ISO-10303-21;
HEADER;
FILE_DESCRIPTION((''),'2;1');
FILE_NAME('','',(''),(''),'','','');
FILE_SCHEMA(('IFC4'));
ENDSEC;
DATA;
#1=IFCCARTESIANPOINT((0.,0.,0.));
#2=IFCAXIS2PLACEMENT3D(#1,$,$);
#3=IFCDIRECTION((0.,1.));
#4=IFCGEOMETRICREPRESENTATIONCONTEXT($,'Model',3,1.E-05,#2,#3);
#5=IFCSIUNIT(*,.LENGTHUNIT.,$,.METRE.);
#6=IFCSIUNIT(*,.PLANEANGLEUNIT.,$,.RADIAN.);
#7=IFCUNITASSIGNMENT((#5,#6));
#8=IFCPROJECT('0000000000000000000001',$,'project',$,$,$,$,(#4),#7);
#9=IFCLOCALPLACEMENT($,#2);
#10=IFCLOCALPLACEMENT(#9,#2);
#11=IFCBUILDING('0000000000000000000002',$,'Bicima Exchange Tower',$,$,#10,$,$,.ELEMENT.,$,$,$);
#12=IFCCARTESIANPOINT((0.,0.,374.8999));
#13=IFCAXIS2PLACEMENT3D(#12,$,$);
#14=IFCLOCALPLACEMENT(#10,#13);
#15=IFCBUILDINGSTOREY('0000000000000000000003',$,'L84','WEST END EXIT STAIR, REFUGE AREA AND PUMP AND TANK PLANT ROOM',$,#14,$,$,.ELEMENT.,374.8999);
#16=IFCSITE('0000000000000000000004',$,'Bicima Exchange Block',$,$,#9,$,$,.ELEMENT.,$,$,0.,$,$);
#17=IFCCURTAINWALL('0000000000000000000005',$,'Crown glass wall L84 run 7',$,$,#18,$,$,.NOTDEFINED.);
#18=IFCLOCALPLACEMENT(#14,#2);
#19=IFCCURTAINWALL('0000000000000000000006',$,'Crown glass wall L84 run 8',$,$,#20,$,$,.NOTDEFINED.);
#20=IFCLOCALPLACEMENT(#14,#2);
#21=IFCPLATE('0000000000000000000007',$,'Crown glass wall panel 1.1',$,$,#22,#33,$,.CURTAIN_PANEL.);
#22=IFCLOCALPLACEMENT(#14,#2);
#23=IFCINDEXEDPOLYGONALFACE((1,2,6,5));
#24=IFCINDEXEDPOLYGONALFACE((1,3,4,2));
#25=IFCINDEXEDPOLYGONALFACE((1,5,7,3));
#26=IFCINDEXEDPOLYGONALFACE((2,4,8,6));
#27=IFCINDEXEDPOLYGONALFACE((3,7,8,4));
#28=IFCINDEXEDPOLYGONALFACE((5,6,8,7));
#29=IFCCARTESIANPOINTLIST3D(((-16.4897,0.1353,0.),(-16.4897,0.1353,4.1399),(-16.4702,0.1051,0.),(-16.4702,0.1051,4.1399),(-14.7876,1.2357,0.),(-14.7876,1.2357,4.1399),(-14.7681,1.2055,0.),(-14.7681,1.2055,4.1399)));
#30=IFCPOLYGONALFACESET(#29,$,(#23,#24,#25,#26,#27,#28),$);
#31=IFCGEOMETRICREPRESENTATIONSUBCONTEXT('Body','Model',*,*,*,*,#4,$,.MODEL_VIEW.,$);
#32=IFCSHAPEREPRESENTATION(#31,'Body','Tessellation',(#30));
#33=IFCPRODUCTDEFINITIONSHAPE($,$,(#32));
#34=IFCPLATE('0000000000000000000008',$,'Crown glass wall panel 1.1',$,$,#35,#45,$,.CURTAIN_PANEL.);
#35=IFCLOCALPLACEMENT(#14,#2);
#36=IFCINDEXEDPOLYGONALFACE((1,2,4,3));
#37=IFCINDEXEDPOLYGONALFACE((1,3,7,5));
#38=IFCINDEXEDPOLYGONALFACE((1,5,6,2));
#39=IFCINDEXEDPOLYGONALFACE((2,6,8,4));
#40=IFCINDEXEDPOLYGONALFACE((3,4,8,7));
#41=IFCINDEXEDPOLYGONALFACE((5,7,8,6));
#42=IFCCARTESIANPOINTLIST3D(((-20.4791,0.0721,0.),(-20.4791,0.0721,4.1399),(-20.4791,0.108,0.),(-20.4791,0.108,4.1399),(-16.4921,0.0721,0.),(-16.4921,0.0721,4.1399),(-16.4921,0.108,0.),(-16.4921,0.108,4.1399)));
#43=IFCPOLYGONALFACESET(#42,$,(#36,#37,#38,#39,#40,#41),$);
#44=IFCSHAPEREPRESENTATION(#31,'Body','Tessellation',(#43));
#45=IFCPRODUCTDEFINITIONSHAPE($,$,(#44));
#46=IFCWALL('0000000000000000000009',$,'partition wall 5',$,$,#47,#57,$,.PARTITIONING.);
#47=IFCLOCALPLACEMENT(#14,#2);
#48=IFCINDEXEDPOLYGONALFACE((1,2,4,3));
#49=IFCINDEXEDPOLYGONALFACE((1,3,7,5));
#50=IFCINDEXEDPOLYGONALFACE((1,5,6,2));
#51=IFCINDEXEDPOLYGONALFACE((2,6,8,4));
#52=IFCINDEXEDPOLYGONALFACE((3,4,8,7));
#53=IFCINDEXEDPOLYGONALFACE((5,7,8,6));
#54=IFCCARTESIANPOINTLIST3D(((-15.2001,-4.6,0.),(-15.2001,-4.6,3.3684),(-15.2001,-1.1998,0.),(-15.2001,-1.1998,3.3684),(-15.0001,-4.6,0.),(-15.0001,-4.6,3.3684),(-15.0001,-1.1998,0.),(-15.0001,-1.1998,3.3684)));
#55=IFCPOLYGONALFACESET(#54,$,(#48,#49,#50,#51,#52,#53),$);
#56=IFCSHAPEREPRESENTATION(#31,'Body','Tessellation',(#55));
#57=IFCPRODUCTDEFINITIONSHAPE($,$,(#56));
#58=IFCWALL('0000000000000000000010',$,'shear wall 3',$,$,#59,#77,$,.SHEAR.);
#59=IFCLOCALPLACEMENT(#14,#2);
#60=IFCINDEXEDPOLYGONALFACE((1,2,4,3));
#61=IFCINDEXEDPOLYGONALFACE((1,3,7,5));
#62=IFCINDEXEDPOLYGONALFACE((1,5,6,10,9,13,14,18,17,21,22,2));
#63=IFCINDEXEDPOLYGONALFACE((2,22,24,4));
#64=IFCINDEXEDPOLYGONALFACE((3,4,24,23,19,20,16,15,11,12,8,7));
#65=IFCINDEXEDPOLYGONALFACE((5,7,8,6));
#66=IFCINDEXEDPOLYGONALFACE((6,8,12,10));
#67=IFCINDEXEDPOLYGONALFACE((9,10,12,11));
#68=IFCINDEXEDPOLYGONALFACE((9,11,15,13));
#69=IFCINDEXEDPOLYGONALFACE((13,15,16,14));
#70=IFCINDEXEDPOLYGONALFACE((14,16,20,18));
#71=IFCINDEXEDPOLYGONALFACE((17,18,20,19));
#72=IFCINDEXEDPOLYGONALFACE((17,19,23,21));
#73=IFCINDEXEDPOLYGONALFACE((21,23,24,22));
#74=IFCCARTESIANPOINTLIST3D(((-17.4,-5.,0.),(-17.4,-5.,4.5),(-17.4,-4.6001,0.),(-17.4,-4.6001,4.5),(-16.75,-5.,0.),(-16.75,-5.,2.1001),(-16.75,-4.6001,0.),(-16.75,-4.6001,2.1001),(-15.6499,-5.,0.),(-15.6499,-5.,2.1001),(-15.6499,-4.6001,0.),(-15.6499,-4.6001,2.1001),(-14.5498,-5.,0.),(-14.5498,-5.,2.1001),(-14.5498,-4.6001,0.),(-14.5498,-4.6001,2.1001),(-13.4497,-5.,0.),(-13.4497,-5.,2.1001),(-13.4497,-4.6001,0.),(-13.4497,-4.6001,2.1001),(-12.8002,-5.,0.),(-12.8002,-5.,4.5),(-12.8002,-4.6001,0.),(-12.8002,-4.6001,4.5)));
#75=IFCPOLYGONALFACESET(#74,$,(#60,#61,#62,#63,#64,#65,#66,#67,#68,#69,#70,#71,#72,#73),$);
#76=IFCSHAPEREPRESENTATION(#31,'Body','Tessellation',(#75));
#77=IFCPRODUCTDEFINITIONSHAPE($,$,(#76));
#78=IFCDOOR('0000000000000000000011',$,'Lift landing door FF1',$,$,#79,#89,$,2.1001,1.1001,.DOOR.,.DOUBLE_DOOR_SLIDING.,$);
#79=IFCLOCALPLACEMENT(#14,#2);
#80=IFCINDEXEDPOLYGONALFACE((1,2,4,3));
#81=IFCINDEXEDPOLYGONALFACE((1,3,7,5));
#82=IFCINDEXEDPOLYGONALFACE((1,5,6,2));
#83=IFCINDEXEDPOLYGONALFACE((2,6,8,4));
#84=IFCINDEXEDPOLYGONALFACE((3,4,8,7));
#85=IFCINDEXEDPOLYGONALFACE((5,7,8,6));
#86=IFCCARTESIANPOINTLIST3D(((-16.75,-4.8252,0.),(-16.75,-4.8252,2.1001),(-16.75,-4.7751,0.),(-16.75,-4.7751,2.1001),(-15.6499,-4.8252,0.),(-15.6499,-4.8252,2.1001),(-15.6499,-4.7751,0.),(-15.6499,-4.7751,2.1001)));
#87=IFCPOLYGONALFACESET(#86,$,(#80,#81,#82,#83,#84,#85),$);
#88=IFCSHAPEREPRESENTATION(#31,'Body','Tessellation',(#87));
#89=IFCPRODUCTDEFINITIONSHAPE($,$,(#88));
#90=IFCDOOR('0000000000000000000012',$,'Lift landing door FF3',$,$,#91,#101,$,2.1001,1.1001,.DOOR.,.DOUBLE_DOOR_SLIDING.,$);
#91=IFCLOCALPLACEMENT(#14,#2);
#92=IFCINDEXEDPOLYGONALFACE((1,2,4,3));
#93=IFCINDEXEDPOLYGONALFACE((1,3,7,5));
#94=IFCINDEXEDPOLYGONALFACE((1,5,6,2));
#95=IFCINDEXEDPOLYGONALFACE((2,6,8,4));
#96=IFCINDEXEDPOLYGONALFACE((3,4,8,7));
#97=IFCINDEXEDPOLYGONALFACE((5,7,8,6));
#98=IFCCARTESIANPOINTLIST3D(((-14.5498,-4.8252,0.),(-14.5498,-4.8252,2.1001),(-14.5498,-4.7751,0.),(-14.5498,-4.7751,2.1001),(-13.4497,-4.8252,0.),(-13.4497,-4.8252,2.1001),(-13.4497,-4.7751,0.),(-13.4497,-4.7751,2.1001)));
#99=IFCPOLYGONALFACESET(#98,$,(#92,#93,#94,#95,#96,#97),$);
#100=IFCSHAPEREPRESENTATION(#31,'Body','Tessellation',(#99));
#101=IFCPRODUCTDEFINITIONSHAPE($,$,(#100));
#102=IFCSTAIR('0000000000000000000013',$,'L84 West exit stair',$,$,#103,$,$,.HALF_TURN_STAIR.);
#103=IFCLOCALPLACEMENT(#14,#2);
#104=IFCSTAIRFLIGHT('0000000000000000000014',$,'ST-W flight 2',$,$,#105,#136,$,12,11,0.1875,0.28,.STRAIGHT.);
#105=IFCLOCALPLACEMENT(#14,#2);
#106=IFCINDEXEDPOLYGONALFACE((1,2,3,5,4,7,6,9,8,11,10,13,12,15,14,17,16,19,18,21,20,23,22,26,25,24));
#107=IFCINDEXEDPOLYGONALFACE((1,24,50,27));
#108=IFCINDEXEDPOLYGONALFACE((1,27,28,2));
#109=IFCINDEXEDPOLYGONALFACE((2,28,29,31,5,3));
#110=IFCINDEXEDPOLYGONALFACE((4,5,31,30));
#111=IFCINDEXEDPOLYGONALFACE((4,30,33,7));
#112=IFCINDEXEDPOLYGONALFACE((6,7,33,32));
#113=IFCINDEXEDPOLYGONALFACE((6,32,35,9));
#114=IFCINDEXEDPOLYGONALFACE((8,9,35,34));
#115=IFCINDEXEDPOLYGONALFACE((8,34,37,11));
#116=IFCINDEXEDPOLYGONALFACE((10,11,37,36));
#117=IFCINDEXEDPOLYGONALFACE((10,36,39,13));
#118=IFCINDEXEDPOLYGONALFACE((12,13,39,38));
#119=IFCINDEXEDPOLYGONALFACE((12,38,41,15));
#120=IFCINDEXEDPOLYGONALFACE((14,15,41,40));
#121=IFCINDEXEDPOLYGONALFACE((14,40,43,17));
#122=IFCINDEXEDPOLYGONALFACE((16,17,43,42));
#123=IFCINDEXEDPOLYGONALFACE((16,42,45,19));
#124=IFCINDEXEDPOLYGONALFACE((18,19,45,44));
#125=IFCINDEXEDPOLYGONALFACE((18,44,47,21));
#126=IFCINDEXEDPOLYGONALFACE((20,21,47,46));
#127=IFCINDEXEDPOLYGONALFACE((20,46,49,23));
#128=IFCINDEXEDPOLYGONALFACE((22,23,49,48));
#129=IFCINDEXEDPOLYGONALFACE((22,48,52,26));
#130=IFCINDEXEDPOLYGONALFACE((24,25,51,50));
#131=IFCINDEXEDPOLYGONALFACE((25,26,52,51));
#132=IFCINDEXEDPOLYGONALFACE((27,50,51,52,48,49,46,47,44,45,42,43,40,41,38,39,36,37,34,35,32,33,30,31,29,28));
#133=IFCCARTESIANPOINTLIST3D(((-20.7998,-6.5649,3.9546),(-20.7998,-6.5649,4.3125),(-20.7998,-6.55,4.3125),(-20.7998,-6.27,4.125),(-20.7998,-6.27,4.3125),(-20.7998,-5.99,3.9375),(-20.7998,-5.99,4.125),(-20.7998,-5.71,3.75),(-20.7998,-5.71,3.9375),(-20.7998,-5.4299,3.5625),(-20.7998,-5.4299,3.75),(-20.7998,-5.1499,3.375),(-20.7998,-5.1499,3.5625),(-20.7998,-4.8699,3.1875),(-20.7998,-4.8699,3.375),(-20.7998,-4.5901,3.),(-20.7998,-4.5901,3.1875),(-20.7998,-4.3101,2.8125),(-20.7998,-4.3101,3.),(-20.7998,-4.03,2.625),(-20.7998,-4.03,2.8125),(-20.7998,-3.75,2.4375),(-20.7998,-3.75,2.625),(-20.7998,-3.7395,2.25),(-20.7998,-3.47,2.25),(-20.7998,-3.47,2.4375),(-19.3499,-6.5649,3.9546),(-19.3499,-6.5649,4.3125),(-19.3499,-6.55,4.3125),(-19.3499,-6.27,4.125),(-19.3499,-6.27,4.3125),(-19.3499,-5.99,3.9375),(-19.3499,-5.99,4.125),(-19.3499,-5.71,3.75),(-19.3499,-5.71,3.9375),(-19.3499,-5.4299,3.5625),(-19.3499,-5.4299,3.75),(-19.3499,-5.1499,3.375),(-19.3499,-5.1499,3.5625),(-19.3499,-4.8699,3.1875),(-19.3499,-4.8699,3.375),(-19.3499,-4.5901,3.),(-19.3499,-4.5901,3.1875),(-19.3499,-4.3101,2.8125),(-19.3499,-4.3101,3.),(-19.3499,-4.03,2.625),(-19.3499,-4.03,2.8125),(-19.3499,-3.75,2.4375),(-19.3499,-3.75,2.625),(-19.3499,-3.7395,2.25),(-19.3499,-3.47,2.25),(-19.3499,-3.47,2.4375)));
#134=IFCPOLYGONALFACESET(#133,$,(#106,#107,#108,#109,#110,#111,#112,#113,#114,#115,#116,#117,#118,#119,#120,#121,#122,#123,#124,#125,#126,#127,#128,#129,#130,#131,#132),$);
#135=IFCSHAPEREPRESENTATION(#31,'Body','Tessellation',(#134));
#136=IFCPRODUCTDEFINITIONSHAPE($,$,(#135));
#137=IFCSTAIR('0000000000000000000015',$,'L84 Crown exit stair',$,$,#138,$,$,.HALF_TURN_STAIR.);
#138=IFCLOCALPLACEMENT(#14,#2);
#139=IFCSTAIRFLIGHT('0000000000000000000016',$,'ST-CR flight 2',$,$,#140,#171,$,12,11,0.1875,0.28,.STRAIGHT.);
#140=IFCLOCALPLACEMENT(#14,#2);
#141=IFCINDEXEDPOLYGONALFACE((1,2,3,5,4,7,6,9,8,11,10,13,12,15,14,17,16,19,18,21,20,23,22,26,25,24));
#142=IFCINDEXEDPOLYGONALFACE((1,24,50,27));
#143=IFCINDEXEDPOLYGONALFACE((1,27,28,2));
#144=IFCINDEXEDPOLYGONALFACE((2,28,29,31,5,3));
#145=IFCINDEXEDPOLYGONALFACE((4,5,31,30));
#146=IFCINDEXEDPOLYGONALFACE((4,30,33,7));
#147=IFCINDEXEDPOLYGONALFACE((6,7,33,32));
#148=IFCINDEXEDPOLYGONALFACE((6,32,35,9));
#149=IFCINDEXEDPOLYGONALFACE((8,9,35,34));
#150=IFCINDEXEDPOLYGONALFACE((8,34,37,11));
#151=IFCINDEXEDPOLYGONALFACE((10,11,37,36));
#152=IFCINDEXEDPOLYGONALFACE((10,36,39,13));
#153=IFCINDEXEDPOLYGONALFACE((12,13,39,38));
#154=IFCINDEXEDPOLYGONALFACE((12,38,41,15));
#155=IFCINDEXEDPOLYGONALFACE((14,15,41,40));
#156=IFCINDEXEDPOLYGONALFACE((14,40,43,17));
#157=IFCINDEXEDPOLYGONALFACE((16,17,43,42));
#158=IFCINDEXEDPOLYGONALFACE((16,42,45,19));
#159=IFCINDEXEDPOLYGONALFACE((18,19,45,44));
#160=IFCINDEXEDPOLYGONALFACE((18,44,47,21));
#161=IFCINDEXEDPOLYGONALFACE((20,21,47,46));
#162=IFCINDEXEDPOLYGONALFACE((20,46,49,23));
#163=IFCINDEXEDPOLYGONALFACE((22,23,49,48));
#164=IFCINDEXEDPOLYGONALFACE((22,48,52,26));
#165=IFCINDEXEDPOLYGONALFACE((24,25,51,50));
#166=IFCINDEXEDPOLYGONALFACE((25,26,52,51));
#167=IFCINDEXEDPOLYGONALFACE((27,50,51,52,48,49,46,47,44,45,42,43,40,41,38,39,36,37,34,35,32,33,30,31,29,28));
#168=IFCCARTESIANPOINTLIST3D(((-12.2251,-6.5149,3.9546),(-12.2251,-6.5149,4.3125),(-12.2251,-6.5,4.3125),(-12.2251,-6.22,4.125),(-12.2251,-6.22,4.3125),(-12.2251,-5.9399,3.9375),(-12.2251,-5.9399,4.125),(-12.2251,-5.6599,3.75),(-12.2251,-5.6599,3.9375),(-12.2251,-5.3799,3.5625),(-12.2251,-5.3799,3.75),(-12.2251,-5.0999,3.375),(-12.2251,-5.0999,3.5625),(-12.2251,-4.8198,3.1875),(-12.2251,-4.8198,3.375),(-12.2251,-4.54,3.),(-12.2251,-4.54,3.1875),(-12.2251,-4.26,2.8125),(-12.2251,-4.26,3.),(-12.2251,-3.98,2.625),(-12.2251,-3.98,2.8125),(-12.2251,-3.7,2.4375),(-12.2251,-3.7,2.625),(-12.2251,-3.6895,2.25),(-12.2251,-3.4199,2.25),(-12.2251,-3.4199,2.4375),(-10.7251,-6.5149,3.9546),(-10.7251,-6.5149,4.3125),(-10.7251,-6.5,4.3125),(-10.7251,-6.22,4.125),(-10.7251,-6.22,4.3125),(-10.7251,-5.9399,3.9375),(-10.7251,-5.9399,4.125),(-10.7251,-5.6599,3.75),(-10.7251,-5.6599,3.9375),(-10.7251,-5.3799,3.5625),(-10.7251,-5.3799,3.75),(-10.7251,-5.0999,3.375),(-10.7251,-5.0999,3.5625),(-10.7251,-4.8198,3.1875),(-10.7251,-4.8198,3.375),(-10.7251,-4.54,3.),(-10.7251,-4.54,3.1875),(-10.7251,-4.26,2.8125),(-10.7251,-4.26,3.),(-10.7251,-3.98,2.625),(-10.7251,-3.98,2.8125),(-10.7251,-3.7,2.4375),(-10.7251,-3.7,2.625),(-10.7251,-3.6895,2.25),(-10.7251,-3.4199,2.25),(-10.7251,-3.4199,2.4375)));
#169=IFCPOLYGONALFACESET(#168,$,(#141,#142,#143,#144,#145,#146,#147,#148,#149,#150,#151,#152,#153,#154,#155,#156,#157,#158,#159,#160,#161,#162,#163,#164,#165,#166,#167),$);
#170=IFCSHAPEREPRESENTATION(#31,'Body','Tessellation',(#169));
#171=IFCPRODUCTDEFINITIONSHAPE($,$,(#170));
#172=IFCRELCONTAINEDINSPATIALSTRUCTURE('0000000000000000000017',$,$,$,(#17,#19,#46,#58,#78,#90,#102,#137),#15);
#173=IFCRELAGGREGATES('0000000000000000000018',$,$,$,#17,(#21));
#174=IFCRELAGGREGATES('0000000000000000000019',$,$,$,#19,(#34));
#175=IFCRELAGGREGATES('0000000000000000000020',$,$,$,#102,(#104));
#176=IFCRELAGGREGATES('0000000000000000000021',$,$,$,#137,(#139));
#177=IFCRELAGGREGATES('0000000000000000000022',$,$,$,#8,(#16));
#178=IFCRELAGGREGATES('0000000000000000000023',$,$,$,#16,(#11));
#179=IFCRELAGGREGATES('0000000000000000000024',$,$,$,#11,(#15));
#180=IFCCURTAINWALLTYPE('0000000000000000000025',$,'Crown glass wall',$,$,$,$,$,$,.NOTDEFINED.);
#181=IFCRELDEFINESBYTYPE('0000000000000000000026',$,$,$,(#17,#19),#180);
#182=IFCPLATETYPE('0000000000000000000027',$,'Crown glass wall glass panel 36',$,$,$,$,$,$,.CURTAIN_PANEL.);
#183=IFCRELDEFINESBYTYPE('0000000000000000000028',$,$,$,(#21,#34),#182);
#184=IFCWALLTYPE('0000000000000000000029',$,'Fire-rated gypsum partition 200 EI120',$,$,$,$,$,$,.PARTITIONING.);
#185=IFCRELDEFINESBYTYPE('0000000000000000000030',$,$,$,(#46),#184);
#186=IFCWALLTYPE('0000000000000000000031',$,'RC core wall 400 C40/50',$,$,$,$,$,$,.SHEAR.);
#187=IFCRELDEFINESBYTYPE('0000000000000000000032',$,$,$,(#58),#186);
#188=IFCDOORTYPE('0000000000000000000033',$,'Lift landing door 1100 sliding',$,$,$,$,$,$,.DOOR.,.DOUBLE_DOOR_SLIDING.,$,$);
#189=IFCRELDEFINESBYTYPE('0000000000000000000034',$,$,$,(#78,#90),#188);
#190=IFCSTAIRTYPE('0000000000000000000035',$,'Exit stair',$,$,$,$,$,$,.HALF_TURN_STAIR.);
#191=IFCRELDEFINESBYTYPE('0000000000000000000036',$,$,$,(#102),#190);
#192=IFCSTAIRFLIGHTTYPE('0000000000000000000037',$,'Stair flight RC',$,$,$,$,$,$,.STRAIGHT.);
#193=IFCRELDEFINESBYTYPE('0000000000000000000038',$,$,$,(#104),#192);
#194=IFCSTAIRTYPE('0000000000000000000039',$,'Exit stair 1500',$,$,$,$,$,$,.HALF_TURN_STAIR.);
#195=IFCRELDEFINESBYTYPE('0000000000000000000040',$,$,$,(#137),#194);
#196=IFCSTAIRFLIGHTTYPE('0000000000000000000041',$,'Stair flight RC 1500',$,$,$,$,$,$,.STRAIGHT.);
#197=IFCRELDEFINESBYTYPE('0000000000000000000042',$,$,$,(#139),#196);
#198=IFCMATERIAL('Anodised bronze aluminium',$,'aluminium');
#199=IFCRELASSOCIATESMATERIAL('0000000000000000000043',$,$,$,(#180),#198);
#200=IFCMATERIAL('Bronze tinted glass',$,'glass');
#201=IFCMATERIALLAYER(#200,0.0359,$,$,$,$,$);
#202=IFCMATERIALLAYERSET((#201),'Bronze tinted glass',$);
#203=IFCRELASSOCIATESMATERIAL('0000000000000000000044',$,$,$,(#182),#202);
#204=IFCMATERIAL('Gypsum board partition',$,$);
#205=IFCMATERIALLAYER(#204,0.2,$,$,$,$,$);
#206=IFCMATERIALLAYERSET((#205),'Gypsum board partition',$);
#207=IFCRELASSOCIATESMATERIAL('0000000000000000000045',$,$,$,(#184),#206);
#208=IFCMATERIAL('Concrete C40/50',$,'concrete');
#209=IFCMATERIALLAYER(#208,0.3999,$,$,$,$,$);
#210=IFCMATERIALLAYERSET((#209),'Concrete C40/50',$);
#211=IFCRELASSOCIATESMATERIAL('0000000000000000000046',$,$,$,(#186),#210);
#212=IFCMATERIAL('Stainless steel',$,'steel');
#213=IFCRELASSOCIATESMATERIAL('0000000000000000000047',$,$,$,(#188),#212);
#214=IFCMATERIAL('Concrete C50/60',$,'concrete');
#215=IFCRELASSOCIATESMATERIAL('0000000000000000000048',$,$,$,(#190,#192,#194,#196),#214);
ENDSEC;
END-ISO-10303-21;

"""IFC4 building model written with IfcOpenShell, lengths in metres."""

from ifc_helpers import new_model, si_unit, direction, frame, frame_2d, origin, origin_2d, place, context, subcontext, project, spatial, polyline, rectangle, outline, extrude, material, layer, layer_set, type_object, element, fill, aggregate, save


model = new_model("IFC4")

# Units and contexts
model_context = context("Model", 3, precision=1e-05, world=origin(), true_north=direction((0.0, 1.0)))
body_context = subcontext(model_context, "Body", "Model", "MODEL_VIEW")
ifc_project = project(units=[si_unit("LENGTHUNIT", "METRE"), si_unit("PLANEANGLEUNIT", "RADIAN")], contexts=[model_context])

# Site, building, storey
site_placement = place(None, origin())
site = spatial("IfcSite", under=ifc_project, at=site_placement, Name="Bicima Exchange Block", CompositionType="ELEMENT", RefElevation=0.0)
building_placement = place(site_placement, origin())
building = spatial("IfcBuilding", under=site, at=building_placement, Name="Bicima Exchange Tower", CompositionType="ELEMENT")
storey_placement = place(building_placement, frame((0.0, 0.0, 374.8999)))
storey = spatial("IfcBuildingStorey", under=building, at=storey_placement, Name="L84", Description="WEST END EXIT STAIR, REFUGE AREA AND PUMP AND TANK PLANT ROOM", CompositionType="ELEMENT", Elevation=374.8999)

# Shared definitions
ifc_material_1 = material(Name="Anodised bronze aluminium", Category="aluminium")
curtain_wall_type = type_object("IfcCurtainWallType", Name="Crown glass wall", PredefinedType="NOTDEFINED", material=ifc_material_1)

# Curtain walls
curtain_wall_1_placement = place(storey_placement, origin())
curtain_wall_1 = element("IfcCurtainWall", 1, at=curtain_wall_1_placement, inside=storey, type_object=curtain_wall_type, Name="Crown glass wall L84 run 7", PredefinedType="NOTDEFINED")
curtain_wall_2_placement = place(storey_placement, origin())
curtain_wall_2 = element("IfcCurtainWall", 2, at=curtain_wall_2_placement, inside=storey, type_object=curtain_wall_type, Name="Crown glass wall L84 run 8", PredefinedType="NOTDEFINED")

# Plates
ifc_material_2 = material(Name="Bronze tinted glass", Category="glass")
ifc_layer_1 = layer(ifc_material_2, 0.0359)
ifc_layer_set_1 = layer_set([ifc_layer_1], Name="Bronze tinted glass")
plate_type = type_object("IfcPlateType", Name="Crown glass wall glass panel 36", PredefinedType="CURTAIN_PANEL", material=ifc_layer_set_1)
plate_1_placement = place(storey_placement, frame((-15.6289, 0.6704, 0.0), z_axis=(0.0, 0.0, 1.0), x_axis=(-0.83979, -0.542911, 0.0)))
plate_1 = element("IfcPlate", 3, at=plate_1_placement, type_object=plate_type, Name="Crown glass wall panel 1.1", PredefinedType="CURTAIN_PANEL", context=body_context, shape_type="SweptSolid", body=[
    extrude(rectangle(XDim=2.0269, YDim=0.0359, at=origin_2d()), origin(), (0.0, 0.0, 1.0), 4.1399),
])
aggregate(curtain_wall_1, [plate_1])
plate_2_placement = place(storey_placement, frame((-18.4856, 0.0901, 0.0), z_axis=(0.0, 0.0, 1.0), x_axis=(-1.0, 0.0, 0.0)))
plate_2 = element("IfcPlate", 4, at=plate_2_placement, type_object=plate_type, Name="Crown glass wall panel 1.1", PredefinedType="CURTAIN_PANEL", context=body_context, shape_type="SweptSolid", body=[
    extrude(rectangle(XDim=3.9871, YDim=0.0359, at=origin_2d()), origin(), (0.0, 0.0, 1.0), 4.1399),
])
aggregate(curtain_wall_2, [plate_2])

# Wall
ifc_material_3 = material(Name="Gypsum board partition")
ifc_layer_2 = layer(ifc_material_3, 0.2)
ifc_layer_set_2 = layer_set([ifc_layer_2], Name="Gypsum board partition")
wall_type_1 = type_object("IfcWallType", Name="Fire-rated gypsum partition 200 EI120", PredefinedType="PARTITIONING", material=ifc_layer_set_2)
wall_1_placement = place(storey_placement, frame((-15.1001, -4.6001, 0.0), z_axis=(0.0, 0.0, 1.0), x_axis=(0.0, 1.0, 0.0)))
element("IfcWall", 5, at=wall_1_placement, inside=storey, type_object=wall_type_1, Name="partition wall 5", PredefinedType="PARTITIONING", context=body_context, shape_type="SweptSolid", body=[
    extrude(rectangle(XDim=3.4001, YDim=0.2, at=frame_2d((1.7002, 0.0))), origin(), (0.0, 0.0, 1.0), 3.3684),
])

# Wall, openings, doors
ifc_material_4 = material(Name="Concrete C40/50", Category="concrete")
ifc_layer_3 = layer(ifc_material_4, 0.3999)
ifc_layer_set_3 = layer_set([ifc_layer_3], Name="Concrete C40/50")
wall_type_2 = type_object("IfcWallType", Name="RC core wall 400 C40/50", PredefinedType="SHEAR", material=ifc_layer_set_3)
wall_2_placement = place(storey_placement, frame((-17.3999, -4.8, 0.0), z_axis=(0.0, 0.0, 1.0), x_axis=(1.0, 0.0, 0.0)))
wall_2 = element("IfcWall", 6, at=wall_2_placement, inside=storey, type_object=wall_type_2, Name="shear wall 3", PredefinedType="SHEAR", context=body_context, shape_type="SweptSolid", body=[
    extrude(rectangle(XDim=4.5999, YDim=0.3999, at=frame_2d((2.2998, 0.0))), origin(), (0.0, 0.0, 1.0), 4.5),
])
opening_1_placement = place(wall_2_placement, frame((0.6499, 0.0, 0.0)))
opening_1 = element("IfcOpeningElement", 7, at=opening_1_placement, cuts=wall_2, PredefinedType="OPENING", context=body_context, shape_type="SweptSolid", body=[
    extrude(rectangle(XDim=1.1001, YDim=2.1001, at=frame_2d((0.55, 1.05))), frame((0.0, 0.2119, 0.0), z_axis=(0.0, -1.0, 0.0), x_axis=(1.0, 0.0, 0.0)), (0.0, 0.0, 1.0), 0.4238),
])
opening_2_placement = place(wall_2_placement, frame((2.8501, 0.0, 0.0)))
opening_2 = element("IfcOpeningElement", 8, at=opening_2_placement, cuts=wall_2, PredefinedType="OPENING", context=body_context, shape_type="SweptSolid", body=[
    extrude(rectangle(XDim=1.1001, YDim=2.1001, at=frame_2d((0.55, 1.05))), frame((0.0, 0.2119, 0.0), z_axis=(0.0, -1.0, 0.0), x_axis=(1.0, 0.0, 0.0)), (0.0, 0.0, 1.0), 0.4238),
])
ifc_material_5 = material(Name="Stainless steel", Category="steel")
door_type = type_object("IfcDoorType", Name="Lift landing door 1100 sliding", OperationType="DOUBLE_DOOR_SLIDING", PredefinedType="DOOR", material=ifc_material_5)
door_1_placement = place(opening_1_placement, origin())
door_1 = element("IfcDoor", 9, at=door_1_placement, inside=storey, type_object=door_type, Name="Lift landing door FF1", OperationType="DOUBLE_DOOR_SLIDING", OverallHeight=2.1001, OverallWidth=1.1001, PredefinedType="DOOR", context=body_context, shape_type="SweptSolid", body=[
    extrude(rectangle(XDim=1.1001, YDim=2.1001, at=frame_2d((0.55, 1.05))), frame((0.0, 0.0249, 0.0), z_axis=(0.0, -1.0, 0.0), x_axis=(1.0, 0.0, 0.0)), (0.0, 0.0, 1.0), 0.05),
])
fill(opening_1, door_1)
door_2_placement = place(opening_2_placement, origin())
door_2 = element("IfcDoor", 10, at=door_2_placement, inside=storey, type_object=door_type, Name="Lift landing door FF3", OperationType="DOUBLE_DOOR_SLIDING", OverallHeight=2.1001, OverallWidth=1.1001, PredefinedType="DOOR", context=body_context, shape_type="SweptSolid", body=[
    extrude(rectangle(XDim=1.1001, YDim=2.1001, at=frame_2d((0.55, 1.05))), frame((0.0, 0.0249, 0.0), z_axis=(0.0, -1.0, 0.0), x_axis=(1.0, 0.0, 0.0)), (0.0, 0.0, 1.0), 0.05),
])
fill(opening_2, door_2)

# Stairs, stair flights
ifc_material_6 = material(Name="Concrete C50/60", Category="concrete")
stair_type_1 = type_object("IfcStairType", Name="Exit stair", PredefinedType="HALF_TURN_STAIR", material=ifc_material_6)
stair_1_placement = place(storey_placement, origin())
stair_1 = element("IfcStair", 11, at=stair_1_placement, inside=storey, type_object=stair_type_1, Name="L84 West exit stair", PredefinedType="HALF_TURN_STAIR")
stair_flight_type_1 = type_object("IfcStairFlightType", Name="Stair flight RC", PredefinedType="STRAIGHT", material=ifc_material_6)
stair_flight_1_placement = place(storey_placement, frame((-20.075, -3.47, 2.25), z_axis=(0.0, 0.0, 1.0), x_axis=(0.0, -1.0, 0.0)))
stair_flight_1 = element("IfcStairFlight", 12, at=stair_flight_1_placement, type_object=stair_flight_type_1, Name="ST-W flight 2", NumberOfRisers=12, NumberOfTreads=11, PredefinedType="STRAIGHT", RiserHeight=0.1875, TreadLength=0.28, context=body_context, shape_type="SweptSolid", body=[
    extrude(outline(polyline([(0.0, 0.0), (0.0, 0.1875), (0.28, 0.1875), (0.28, 0.375), (0.5601, 0.375), (0.5601, 0.5625), (0.8401, 0.5625), (0.8401, 0.75), (1.1201, 0.75), (1.1201, 0.9375), (1.3999, 0.9375), (1.3999, 1.125), (1.6799, 1.125), (1.6799, 1.3125), (1.96, 1.3125), (1.96, 1.5), (2.24, 1.5), (2.24, 1.6875), (2.52, 1.6875), (2.52, 1.875), (2.8, 1.875), (2.8, 2.0625), (3.0801, 2.0625), (3.095, 2.0625), (3.095, 1.7046), (0.2695, 0.0), (0.0, 0.0)])), frame((0.0, 0.7251, 0.0), z_axis=(0.0, -1.0, 0.0), x_axis=(1.0, 0.0, 0.0)), (0.0, 0.0, 1.0), 1.45),
])
aggregate(stair_1, [stair_flight_1])
stair_type_2 = type_object("IfcStairType", Name="Exit stair 1500", PredefinedType="HALF_TURN_STAIR", material=ifc_material_6)
stair_2_placement = place(storey_placement, origin())
stair_2 = element("IfcStair", 13, at=stair_2_placement, inside=storey, type_object=stair_type_2, Name="L84 Crown exit stair", PredefinedType="HALF_TURN_STAIR")
stair_flight_type_2 = type_object("IfcStairFlightType", Name="Stair flight RC 1500", PredefinedType="STRAIGHT", material=ifc_material_6)
stair_flight_2_placement = place(storey_placement, frame((-11.4751, -3.4199, 2.25), z_axis=(0.0, 0.0, 1.0), x_axis=(0.0, -1.0, 0.0)))
stair_flight_2 = element("IfcStairFlight", 14, at=stair_flight_2_placement, type_object=stair_flight_type_2, Name="ST-CR flight 2", NumberOfRisers=12, NumberOfTreads=11, PredefinedType="STRAIGHT", RiserHeight=0.1875, TreadLength=0.28, context=body_context, shape_type="SweptSolid", body=[
    extrude(outline(polyline([(0.0, 0.0), (0.0, 0.1875), (0.28, 0.1875), (0.28, 0.375), (0.5601, 0.375), (0.5601, 0.5625), (0.8401, 0.5625), (0.8401, 0.75), (1.1201, 0.75), (1.1201, 0.9375), (1.3999, 0.9375), (1.3999, 1.125), (1.6799, 1.125), (1.6799, 1.3125), (1.96, 1.3125), (1.96, 1.5), (2.24, 1.5), (2.24, 1.6875), (2.52, 1.6875), (2.52, 1.875), (2.8, 1.875), (2.8, 2.0625), (3.0801, 2.0625), (3.095, 2.0625), (3.095, 1.7046), (0.2695, 0.0), (0.0, 0.0)])), frame((0.0, 0.75, 0.0), z_axis=(0.0, -1.0, 0.0), x_axis=(1.0, 0.0, 0.0)), (0.0, 0.0, 1.0), 1.5),
])
aggregate(stair_2, [stair_flight_2])

save(model, "model.ifc")
